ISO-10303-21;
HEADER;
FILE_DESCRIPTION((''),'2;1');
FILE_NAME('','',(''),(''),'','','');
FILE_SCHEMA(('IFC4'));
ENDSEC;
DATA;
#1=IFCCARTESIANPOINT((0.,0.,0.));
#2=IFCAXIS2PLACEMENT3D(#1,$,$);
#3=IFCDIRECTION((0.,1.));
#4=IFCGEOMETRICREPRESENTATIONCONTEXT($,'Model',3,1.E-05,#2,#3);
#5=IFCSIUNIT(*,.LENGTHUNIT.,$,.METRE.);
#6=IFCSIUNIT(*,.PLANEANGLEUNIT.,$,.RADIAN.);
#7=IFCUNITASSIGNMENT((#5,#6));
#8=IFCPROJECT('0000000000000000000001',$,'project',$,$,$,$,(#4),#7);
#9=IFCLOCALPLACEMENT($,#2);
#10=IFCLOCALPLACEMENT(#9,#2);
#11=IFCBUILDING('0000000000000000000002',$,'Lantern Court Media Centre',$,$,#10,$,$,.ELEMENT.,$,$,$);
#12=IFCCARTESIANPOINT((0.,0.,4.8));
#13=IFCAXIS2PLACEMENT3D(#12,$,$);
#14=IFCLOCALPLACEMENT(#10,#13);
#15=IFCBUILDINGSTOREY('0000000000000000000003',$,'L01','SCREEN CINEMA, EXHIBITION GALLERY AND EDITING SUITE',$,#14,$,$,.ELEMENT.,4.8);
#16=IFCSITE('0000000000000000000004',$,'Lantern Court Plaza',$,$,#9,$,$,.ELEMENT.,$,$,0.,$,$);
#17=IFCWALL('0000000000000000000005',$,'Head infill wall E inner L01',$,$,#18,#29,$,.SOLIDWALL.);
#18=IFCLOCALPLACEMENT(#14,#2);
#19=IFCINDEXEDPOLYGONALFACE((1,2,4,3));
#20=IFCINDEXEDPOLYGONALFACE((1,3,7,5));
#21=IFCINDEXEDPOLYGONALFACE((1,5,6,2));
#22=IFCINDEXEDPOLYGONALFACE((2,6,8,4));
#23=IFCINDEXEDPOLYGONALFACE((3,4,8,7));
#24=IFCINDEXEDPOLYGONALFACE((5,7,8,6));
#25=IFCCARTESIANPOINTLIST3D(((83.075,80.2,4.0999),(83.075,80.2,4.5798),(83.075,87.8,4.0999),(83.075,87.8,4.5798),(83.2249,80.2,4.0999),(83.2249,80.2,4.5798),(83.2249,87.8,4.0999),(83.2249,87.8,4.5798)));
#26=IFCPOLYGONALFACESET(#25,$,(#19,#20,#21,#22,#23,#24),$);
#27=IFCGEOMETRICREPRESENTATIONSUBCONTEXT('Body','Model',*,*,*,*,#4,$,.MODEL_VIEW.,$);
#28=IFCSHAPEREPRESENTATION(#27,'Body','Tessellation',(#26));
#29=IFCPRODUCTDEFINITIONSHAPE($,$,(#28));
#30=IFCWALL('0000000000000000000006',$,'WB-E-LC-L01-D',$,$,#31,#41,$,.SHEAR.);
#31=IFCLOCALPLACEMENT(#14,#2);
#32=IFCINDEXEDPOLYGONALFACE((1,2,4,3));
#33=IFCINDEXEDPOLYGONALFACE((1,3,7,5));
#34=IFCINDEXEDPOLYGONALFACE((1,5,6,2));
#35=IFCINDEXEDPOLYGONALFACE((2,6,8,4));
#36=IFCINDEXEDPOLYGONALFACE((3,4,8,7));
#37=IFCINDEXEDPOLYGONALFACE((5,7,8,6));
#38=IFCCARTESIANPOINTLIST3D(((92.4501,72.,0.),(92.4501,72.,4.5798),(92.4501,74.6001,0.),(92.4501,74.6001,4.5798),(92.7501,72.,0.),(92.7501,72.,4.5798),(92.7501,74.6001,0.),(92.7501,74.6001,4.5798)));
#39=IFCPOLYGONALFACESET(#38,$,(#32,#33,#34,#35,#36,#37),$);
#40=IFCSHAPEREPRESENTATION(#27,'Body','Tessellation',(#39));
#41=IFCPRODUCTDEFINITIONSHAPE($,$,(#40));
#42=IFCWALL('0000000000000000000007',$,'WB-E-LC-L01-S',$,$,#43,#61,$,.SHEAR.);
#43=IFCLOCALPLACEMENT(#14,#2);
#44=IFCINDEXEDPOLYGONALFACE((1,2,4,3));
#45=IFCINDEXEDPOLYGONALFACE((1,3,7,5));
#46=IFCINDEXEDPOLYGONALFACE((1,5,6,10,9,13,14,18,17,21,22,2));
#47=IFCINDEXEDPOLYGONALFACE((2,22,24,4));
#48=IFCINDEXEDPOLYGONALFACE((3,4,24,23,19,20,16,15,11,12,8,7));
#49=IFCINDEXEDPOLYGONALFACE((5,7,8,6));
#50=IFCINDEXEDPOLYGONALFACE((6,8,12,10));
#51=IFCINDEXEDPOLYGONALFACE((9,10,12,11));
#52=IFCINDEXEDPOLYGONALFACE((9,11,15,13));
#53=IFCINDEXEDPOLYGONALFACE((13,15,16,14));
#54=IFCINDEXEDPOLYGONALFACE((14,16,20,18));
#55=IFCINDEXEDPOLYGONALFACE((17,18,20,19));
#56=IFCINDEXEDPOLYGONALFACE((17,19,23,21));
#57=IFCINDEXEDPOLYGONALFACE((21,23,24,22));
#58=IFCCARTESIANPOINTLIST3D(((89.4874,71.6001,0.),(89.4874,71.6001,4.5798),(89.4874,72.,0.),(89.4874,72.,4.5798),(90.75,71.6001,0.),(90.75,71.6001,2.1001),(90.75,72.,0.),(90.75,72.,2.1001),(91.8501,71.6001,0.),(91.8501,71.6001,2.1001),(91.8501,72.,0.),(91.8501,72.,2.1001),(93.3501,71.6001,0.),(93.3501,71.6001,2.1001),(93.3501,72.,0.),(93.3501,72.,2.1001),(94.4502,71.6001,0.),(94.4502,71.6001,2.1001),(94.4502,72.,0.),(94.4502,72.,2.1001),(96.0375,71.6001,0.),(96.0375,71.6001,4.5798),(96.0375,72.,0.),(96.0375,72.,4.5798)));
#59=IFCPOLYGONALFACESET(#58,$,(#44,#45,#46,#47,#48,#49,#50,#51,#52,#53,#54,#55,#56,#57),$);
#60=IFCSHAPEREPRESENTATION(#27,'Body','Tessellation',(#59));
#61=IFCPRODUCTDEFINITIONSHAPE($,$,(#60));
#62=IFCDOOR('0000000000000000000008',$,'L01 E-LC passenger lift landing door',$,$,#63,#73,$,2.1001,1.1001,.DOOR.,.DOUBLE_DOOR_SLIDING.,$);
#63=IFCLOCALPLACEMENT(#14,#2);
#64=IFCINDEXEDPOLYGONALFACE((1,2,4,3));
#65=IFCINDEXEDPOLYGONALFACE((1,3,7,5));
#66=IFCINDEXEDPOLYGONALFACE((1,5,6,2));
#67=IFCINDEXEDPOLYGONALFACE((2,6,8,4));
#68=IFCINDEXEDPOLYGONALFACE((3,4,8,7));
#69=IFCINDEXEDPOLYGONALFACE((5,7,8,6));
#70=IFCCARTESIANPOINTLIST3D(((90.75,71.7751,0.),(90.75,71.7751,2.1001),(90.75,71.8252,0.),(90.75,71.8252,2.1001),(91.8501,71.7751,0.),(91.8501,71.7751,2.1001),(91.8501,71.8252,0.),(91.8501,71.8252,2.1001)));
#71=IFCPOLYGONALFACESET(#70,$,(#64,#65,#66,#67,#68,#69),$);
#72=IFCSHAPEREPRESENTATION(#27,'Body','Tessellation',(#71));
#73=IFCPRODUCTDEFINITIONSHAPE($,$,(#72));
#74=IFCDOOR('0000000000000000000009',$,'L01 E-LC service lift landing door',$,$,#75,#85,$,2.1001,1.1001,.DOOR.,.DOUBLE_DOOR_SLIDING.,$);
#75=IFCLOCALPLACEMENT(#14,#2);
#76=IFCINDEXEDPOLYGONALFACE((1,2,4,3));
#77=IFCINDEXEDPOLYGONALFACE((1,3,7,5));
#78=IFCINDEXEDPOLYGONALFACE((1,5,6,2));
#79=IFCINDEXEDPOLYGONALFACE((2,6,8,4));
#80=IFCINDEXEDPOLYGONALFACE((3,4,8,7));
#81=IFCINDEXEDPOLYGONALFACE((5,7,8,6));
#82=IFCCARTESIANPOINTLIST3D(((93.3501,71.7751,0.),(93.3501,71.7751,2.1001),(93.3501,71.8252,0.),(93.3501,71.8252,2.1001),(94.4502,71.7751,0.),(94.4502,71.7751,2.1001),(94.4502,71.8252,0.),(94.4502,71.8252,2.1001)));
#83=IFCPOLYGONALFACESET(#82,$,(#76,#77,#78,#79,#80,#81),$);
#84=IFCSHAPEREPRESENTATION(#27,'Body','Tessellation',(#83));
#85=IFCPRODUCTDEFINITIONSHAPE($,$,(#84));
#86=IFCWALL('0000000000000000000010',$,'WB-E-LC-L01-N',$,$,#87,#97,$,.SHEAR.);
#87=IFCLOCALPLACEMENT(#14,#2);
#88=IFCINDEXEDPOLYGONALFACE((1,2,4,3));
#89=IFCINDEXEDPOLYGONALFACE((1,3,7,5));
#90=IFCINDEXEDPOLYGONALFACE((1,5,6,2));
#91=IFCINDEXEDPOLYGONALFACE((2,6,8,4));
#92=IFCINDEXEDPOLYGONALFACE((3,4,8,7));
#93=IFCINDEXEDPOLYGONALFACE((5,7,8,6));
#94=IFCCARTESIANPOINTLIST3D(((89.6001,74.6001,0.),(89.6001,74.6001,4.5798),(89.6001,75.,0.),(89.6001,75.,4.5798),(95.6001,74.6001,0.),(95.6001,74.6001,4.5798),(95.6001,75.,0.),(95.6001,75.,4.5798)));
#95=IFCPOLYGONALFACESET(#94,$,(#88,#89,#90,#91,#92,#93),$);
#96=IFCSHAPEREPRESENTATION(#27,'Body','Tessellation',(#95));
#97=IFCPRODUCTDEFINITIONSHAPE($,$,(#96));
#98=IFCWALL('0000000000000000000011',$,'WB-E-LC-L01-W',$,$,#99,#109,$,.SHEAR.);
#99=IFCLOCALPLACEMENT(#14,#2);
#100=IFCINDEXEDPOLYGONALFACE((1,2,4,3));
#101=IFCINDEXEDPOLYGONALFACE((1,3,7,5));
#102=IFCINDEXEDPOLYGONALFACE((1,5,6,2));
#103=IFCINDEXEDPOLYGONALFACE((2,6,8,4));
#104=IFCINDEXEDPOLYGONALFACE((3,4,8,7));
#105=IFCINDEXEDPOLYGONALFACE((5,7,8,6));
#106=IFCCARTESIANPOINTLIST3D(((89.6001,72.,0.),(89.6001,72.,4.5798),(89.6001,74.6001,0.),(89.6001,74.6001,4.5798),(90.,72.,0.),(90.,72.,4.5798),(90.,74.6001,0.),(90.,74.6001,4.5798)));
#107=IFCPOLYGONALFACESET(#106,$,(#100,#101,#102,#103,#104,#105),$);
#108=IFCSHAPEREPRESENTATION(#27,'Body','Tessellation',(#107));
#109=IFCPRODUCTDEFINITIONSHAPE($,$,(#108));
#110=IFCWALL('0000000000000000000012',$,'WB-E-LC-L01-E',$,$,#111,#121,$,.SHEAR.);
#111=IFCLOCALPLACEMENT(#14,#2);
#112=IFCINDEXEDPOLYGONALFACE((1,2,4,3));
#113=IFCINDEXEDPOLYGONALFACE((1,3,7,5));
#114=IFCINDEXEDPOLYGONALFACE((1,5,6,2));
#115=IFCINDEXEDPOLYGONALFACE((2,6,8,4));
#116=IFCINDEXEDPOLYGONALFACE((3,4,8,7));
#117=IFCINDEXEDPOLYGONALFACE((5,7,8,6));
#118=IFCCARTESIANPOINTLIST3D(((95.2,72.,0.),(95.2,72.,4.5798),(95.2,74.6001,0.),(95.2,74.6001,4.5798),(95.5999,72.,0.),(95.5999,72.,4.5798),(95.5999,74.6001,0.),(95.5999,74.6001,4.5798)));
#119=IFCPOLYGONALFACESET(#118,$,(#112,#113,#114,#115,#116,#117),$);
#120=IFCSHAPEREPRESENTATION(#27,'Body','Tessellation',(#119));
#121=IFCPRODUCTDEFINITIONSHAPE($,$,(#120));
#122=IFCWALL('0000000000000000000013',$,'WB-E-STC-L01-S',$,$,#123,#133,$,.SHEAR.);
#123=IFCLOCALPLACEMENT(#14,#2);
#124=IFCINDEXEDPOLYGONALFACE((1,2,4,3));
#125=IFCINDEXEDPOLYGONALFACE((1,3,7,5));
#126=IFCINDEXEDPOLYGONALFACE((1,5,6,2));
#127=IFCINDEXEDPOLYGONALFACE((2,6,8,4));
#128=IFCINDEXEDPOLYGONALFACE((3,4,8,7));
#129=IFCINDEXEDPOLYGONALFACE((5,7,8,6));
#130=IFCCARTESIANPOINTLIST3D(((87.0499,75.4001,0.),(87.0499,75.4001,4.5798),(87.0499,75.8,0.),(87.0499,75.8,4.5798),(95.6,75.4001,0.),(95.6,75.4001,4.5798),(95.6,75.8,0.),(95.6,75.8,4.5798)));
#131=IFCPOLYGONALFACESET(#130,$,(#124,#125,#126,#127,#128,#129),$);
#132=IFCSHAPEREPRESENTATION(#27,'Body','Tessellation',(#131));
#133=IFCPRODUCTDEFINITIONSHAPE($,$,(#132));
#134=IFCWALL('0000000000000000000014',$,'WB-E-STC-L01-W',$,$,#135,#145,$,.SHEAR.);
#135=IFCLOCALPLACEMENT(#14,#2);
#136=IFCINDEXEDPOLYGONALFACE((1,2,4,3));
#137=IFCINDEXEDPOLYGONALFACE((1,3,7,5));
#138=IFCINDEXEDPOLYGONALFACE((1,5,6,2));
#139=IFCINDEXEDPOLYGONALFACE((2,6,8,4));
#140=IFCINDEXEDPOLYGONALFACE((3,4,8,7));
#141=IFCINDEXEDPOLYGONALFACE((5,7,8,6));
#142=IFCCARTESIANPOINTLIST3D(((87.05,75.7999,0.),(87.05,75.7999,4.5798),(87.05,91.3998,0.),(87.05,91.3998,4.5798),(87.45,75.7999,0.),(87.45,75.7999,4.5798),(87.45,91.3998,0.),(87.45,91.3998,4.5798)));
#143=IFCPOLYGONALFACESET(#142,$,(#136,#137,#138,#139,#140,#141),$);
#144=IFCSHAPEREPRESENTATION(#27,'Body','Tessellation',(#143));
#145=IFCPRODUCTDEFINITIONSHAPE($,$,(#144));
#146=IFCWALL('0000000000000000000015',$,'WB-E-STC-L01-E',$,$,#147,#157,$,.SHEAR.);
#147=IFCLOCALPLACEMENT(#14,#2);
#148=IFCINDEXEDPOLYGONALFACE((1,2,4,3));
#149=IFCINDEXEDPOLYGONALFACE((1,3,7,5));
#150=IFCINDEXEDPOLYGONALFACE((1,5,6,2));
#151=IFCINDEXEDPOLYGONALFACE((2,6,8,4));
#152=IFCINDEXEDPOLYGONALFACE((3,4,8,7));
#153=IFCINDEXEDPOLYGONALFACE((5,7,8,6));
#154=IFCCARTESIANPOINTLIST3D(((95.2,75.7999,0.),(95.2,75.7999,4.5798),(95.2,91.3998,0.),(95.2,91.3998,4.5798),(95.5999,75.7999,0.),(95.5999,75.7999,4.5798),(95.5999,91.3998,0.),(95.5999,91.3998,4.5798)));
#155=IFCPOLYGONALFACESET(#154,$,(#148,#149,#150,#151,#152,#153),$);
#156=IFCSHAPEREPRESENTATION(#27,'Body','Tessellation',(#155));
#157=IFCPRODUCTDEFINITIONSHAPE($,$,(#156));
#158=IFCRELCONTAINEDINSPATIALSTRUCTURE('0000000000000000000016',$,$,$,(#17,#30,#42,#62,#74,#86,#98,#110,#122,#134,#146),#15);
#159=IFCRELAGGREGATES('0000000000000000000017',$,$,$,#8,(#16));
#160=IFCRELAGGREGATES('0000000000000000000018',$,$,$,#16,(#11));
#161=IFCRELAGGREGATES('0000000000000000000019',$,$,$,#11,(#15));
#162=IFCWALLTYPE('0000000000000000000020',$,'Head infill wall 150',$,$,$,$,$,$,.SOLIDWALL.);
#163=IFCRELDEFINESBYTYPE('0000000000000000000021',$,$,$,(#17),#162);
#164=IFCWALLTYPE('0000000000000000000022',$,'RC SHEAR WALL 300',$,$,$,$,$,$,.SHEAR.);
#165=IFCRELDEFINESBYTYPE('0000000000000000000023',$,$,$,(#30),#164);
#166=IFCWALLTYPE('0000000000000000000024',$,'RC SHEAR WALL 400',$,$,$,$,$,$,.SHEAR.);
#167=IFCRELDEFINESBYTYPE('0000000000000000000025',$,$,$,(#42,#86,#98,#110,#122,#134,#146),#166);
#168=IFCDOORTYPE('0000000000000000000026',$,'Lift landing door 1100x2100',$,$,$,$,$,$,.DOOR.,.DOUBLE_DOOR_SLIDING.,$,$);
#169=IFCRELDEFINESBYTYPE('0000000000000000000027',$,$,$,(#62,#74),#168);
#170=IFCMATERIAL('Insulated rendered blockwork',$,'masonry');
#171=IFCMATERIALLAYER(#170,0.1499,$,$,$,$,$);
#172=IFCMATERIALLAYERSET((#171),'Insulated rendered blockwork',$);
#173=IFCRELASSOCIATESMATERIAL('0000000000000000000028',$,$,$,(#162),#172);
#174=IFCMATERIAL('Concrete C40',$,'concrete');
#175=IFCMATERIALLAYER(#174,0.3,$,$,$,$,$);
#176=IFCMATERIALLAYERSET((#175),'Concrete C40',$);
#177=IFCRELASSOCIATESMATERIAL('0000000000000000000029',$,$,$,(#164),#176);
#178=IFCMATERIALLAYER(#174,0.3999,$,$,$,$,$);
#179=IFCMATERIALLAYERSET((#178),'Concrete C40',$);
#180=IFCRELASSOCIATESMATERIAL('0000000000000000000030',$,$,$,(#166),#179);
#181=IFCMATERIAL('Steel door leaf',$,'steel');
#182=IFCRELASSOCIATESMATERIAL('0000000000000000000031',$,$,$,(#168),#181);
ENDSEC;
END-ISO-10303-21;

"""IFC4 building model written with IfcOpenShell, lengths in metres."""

from ifc_helpers import new_model, si_unit, direction, frame, frame_2d, origin, place, context, subcontext, project, spatial, rectangle, extrude, material, layer, layer_set, type_object, element, fill, save


model = new_model("IFC4")

# Units and contexts
model_context = context("Model", 3, precision=1e-05, world=origin(), true_north=direction((0.0, 1.0)))
body_context = subcontext(model_context, "Body", "Model", "MODEL_VIEW")
ifc_project = project(units=[si_unit("LENGTHUNIT", "METRE"), si_unit("PLANEANGLEUNIT", "RADIAN")], contexts=[model_context])

# Site, building, storey
site_placement = place(None, origin())
site = spatial("IfcSite", under=ifc_project, at=site_placement, Name="Lantern Court Plaza", CompositionType="ELEMENT", RefElevation=0.0)
building_placement = place(site_placement, origin())
building = spatial("IfcBuilding", under=site, at=building_placement, Name="Lantern Court Media Centre", CompositionType="ELEMENT")
storey_placement = place(building_placement, frame((0.0, 0.0, 4.8)))
storey = spatial("IfcBuildingStorey", under=building, at=storey_placement, Name="L01", Description="SCREEN CINEMA, EXHIBITION GALLERY AND EDITING SUITE", CompositionType="ELEMENT", Elevation=4.8)

# Walls
ifc_material_1 = material(Name="Insulated rendered blockwork", Category="masonry")
ifc_layer_1 = layer(ifc_material_1, 0.1499)
ifc_layer_set_1 = layer_set([ifc_layer_1], Name="Insulated rendered blockwork")
wall_type_1 = type_object("IfcWallType", Name="Head infill wall 150", PredefinedType="SOLIDWALL", material=ifc_layer_set_1)
wall_1_placement = place(storey_placement, frame((83.1499, 80.2, 4.0999), z_axis=(0.0, 0.0, 1.0), x_axis=(0.0, 1.0, 0.0)))
element("IfcWall", 1, at=wall_1_placement, inside=storey, type_object=wall_type_1, Name="Head infill wall E inner L01", PredefinedType="SOLIDWALL", context=body_context, shape_type="SweptSolid", body=[
    extrude(rectangle(XDim=7.6001, YDim=0.1499, at=frame_2d((3.8, 0.0))), origin(), (0.0, 0.0, 1.0), 0.48),
])
ifc_material_2 = material(Name="Concrete C40", Category="concrete")
ifc_layer_2 = layer(ifc_material_2, 0.3)
ifc_layer_set_2 = layer_set([ifc_layer_2], Name="Concrete C40")
wall_type_2 = type_object("IfcWallType", Name="RC SHEAR WALL 300", PredefinedType="SHEAR", material=ifc_layer_set_2)
wall_2_placement = place(storey_placement, frame((92.6001, 72.0, 0.0), z_axis=(0.0, 0.0, 1.0), x_axis=(0.0, 1.0, 0.0)))
element("IfcWall", 2, at=wall_2_placement, inside=storey, type_object=wall_type_2, Name="WB-E-LC-L01-D", PredefinedType="SHEAR", context=body_context, shape_type="SweptSolid", body=[
    extrude(rectangle(XDim=2.6001, YDim=0.3, at=frame_2d((1.3, 0.0))), origin(), (0.0, 0.0, 1.0), 4.5798),
])

# Wall, openings, doors
ifc_layer_3 = layer(ifc_material_2, 0.3999)
ifc_layer_set_3 = layer_set([ifc_layer_3], Name="Concrete C40")
wall_type_3 = type_object("IfcWallType", Name="RC SHEAR WALL 400", PredefinedType="SHEAR", material=ifc_layer_set_3)
wall_3_placement = place(storey_placement, frame((89.4875, 71.8, 0.0), z_axis=(0.0, 0.0, 1.0), x_axis=(1.0, 0.0, 0.0)))
wall_3 = element("IfcWall", 3, at=wall_3_placement, inside=storey, type_object=wall_type_3, Name="WB-E-LC-L01-S", PredefinedType="SHEAR", context=body_context, shape_type="SweptSolid", body=[
    extrude(rectangle(XDim=6.55, YDim=0.3999, at=frame_2d((3.2749, 0.0))), origin(), (0.0, 0.0, 1.0), 4.5798),
])
opening_1_placement = place(wall_3_placement, frame((1.2625, 0.0, 0.0)))
opening_1 = element("IfcOpeningElement", 4, at=opening_1_placement, cuts=wall_3, PredefinedType="OPENING", context=body_context, shape_type="SweptSolid", body=[
    extrude(rectangle(XDim=1.1001, YDim=2.1001, at=frame_2d((0.55, 1.05))), frame((0.0, 0.21, 0.0), z_axis=(0.0, -1.0, 0.0), x_axis=(1.0, 0.0, 0.0)), (0.0, 0.0, 1.0), 0.4199),
])
opening_2_placement = place(wall_3_placement, frame((3.8625, 0.0, 0.0)))
opening_2 = element("IfcOpeningElement", 5, at=opening_2_placement, cuts=wall_3, PredefinedType="OPENING", context=body_context, shape_type="SweptSolid", body=[
    extrude(rectangle(XDim=1.1001, YDim=2.1001, at=frame_2d((0.55, 1.05))), frame((0.0, 0.21, 0.0), z_axis=(0.0, -1.0, 0.0), x_axis=(1.0, 0.0, 0.0)), (0.0, 0.0, 1.0), 0.4199),
])
ifc_material_3 = material(Name="Steel door leaf", Category="steel")
door_type = type_object("IfcDoorType", Name="Lift landing door 1100x2100", OperationType="DOUBLE_DOOR_SLIDING", PredefinedType="DOOR", material=ifc_material_3)
door_1_placement = place(opening_1_placement, frame((1.1001, 0.0, 0.0), z_axis=(0.0, 0.0, 1.0), x_axis=(-1.0, 0.0, 0.0)))
door_1 = element("IfcDoor", 6, at=door_1_placement, inside=storey, type_object=door_type, Name="L01 E-LC passenger lift landing door", OperationType="DOUBLE_DOOR_SLIDING", OverallHeight=2.1001, OverallWidth=1.1001, PredefinedType="DOOR", context=body_context, shape_type="SweptSolid", body=[
    extrude(rectangle(XDim=1.1001, YDim=2.1001, at=frame_2d((0.55, 1.05))), frame((0.0, 0.0249, 0.0), z_axis=(0.0, -1.0, 0.0), x_axis=(1.0, 0.0, 0.0)), (0.0, 0.0, 1.0), 0.05),
])
fill(opening_1, door_1)
door_2_placement = place(opening_2_placement, frame((1.1001, 0.0, 0.0), z_axis=(0.0, 0.0, 1.0), x_axis=(-1.0, 0.0, 0.0)))
door_2 = element("IfcDoor", 7, at=door_2_placement, inside=storey, type_object=door_type, Name="L01 E-LC service lift landing door", OperationType="DOUBLE_DOOR_SLIDING", OverallHeight=2.1001, OverallWidth=1.1001, PredefinedType="DOOR", context=body_context, shape_type="SweptSolid", body=[
    extrude(rectangle(XDim=1.1001, YDim=2.1001, at=frame_2d((0.55, 1.05))), frame((0.0, 0.0249, 0.0), z_axis=(0.0, -1.0, 0.0), x_axis=(1.0, 0.0, 0.0)), (0.0, 0.0, 1.0), 0.05),
])
fill(opening_2, door_2)

# Walls
wall_4_placement = place(storey_placement, frame((89.6001, 74.8, 0.0), z_axis=(0.0, 0.0, 1.0), x_axis=(1.0, 0.0, 0.0)))
element("IfcWall", 8, at=wall_4_placement, inside=storey, type_object=wall_type_3, Name="WB-E-LC-L01-N", PredefinedType="SHEAR", context=body_context, shape_type="SweptSolid", body=[
    extrude(rectangle(XDim=6.0, YDim=0.3999, at=frame_2d((3.0, 0.0))), origin(), (0.0, 0.0, 1.0), 4.5798),
])
for number, where, z_axis, x_axis, name in (
    (9, (89.8, 72.0, 0.0), (0.0, 0.0, 1.0), (0.0, 1.0, 0.0), "WB-E-LC-L01-W"),
    (10, (95.3999, 72.0, 0.0), (0.0, 0.0, 1.0), (0.0, 1.0, 0.0), "WB-E-LC-L01-E"),
):
    element("IfcWall", number, at=place(storey_placement, frame(where, z_axis=z_axis, x_axis=x_axis)), inside=storey, type_object=wall_type_3, Name=name, PredefinedType="SHEAR", context=body_context, shape_type="SweptSolid", body=[
        extrude(rectangle(XDim=2.6001, YDim=0.3999, at=frame_2d((1.3, 0.0))), origin(), (0.0, 0.0, 1.0), 4.5798),
    ])
wall_5_placement = place(storey_placement, frame((87.05, 75.6001, 0.0), z_axis=(0.0, 0.0, 1.0), x_axis=(1.0, 0.0, 0.0)))
element("IfcWall", 11, at=wall_5_placement, inside=storey, type_object=wall_type_3, Name="WB-E-STC-L01-S", PredefinedType="SHEAR", context=body_context, shape_type="SweptSolid", body=[
    extrude(rectangle(XDim=8.55, YDim=0.3999, at=frame_2d((4.2749, 0.0))), origin(), (0.0, 0.0, 1.0), 4.5798),
])
for number, where, z_axis, x_axis, name in (
    (12, (87.25, 75.8, 0.0), (0.0, 0.0, 1.0), (0.0, 1.0, 0.0), "WB-E-STC-L01-W"),
    (13, (95.3999, 75.8, 0.0), (0.0, 0.0, 1.0), (0.0, 1.0, 0.0), "WB-E-STC-L01-E"),
):
    element("IfcWall", number, at=place(storey_placement, frame(where, z_axis=z_axis, x_axis=x_axis)), inside=storey, type_object=wall_type_3, Name=name, PredefinedType="SHEAR", context=body_context, shape_type="SweptSolid", body=[
        extrude(rectangle(XDim=15.5999, YDim=0.3999, at=frame_2d((7.7998, 0.0))), origin(), (0.0, 0.0, 1.0), 4.5798),
    ])

save(model, "model.ifc")
